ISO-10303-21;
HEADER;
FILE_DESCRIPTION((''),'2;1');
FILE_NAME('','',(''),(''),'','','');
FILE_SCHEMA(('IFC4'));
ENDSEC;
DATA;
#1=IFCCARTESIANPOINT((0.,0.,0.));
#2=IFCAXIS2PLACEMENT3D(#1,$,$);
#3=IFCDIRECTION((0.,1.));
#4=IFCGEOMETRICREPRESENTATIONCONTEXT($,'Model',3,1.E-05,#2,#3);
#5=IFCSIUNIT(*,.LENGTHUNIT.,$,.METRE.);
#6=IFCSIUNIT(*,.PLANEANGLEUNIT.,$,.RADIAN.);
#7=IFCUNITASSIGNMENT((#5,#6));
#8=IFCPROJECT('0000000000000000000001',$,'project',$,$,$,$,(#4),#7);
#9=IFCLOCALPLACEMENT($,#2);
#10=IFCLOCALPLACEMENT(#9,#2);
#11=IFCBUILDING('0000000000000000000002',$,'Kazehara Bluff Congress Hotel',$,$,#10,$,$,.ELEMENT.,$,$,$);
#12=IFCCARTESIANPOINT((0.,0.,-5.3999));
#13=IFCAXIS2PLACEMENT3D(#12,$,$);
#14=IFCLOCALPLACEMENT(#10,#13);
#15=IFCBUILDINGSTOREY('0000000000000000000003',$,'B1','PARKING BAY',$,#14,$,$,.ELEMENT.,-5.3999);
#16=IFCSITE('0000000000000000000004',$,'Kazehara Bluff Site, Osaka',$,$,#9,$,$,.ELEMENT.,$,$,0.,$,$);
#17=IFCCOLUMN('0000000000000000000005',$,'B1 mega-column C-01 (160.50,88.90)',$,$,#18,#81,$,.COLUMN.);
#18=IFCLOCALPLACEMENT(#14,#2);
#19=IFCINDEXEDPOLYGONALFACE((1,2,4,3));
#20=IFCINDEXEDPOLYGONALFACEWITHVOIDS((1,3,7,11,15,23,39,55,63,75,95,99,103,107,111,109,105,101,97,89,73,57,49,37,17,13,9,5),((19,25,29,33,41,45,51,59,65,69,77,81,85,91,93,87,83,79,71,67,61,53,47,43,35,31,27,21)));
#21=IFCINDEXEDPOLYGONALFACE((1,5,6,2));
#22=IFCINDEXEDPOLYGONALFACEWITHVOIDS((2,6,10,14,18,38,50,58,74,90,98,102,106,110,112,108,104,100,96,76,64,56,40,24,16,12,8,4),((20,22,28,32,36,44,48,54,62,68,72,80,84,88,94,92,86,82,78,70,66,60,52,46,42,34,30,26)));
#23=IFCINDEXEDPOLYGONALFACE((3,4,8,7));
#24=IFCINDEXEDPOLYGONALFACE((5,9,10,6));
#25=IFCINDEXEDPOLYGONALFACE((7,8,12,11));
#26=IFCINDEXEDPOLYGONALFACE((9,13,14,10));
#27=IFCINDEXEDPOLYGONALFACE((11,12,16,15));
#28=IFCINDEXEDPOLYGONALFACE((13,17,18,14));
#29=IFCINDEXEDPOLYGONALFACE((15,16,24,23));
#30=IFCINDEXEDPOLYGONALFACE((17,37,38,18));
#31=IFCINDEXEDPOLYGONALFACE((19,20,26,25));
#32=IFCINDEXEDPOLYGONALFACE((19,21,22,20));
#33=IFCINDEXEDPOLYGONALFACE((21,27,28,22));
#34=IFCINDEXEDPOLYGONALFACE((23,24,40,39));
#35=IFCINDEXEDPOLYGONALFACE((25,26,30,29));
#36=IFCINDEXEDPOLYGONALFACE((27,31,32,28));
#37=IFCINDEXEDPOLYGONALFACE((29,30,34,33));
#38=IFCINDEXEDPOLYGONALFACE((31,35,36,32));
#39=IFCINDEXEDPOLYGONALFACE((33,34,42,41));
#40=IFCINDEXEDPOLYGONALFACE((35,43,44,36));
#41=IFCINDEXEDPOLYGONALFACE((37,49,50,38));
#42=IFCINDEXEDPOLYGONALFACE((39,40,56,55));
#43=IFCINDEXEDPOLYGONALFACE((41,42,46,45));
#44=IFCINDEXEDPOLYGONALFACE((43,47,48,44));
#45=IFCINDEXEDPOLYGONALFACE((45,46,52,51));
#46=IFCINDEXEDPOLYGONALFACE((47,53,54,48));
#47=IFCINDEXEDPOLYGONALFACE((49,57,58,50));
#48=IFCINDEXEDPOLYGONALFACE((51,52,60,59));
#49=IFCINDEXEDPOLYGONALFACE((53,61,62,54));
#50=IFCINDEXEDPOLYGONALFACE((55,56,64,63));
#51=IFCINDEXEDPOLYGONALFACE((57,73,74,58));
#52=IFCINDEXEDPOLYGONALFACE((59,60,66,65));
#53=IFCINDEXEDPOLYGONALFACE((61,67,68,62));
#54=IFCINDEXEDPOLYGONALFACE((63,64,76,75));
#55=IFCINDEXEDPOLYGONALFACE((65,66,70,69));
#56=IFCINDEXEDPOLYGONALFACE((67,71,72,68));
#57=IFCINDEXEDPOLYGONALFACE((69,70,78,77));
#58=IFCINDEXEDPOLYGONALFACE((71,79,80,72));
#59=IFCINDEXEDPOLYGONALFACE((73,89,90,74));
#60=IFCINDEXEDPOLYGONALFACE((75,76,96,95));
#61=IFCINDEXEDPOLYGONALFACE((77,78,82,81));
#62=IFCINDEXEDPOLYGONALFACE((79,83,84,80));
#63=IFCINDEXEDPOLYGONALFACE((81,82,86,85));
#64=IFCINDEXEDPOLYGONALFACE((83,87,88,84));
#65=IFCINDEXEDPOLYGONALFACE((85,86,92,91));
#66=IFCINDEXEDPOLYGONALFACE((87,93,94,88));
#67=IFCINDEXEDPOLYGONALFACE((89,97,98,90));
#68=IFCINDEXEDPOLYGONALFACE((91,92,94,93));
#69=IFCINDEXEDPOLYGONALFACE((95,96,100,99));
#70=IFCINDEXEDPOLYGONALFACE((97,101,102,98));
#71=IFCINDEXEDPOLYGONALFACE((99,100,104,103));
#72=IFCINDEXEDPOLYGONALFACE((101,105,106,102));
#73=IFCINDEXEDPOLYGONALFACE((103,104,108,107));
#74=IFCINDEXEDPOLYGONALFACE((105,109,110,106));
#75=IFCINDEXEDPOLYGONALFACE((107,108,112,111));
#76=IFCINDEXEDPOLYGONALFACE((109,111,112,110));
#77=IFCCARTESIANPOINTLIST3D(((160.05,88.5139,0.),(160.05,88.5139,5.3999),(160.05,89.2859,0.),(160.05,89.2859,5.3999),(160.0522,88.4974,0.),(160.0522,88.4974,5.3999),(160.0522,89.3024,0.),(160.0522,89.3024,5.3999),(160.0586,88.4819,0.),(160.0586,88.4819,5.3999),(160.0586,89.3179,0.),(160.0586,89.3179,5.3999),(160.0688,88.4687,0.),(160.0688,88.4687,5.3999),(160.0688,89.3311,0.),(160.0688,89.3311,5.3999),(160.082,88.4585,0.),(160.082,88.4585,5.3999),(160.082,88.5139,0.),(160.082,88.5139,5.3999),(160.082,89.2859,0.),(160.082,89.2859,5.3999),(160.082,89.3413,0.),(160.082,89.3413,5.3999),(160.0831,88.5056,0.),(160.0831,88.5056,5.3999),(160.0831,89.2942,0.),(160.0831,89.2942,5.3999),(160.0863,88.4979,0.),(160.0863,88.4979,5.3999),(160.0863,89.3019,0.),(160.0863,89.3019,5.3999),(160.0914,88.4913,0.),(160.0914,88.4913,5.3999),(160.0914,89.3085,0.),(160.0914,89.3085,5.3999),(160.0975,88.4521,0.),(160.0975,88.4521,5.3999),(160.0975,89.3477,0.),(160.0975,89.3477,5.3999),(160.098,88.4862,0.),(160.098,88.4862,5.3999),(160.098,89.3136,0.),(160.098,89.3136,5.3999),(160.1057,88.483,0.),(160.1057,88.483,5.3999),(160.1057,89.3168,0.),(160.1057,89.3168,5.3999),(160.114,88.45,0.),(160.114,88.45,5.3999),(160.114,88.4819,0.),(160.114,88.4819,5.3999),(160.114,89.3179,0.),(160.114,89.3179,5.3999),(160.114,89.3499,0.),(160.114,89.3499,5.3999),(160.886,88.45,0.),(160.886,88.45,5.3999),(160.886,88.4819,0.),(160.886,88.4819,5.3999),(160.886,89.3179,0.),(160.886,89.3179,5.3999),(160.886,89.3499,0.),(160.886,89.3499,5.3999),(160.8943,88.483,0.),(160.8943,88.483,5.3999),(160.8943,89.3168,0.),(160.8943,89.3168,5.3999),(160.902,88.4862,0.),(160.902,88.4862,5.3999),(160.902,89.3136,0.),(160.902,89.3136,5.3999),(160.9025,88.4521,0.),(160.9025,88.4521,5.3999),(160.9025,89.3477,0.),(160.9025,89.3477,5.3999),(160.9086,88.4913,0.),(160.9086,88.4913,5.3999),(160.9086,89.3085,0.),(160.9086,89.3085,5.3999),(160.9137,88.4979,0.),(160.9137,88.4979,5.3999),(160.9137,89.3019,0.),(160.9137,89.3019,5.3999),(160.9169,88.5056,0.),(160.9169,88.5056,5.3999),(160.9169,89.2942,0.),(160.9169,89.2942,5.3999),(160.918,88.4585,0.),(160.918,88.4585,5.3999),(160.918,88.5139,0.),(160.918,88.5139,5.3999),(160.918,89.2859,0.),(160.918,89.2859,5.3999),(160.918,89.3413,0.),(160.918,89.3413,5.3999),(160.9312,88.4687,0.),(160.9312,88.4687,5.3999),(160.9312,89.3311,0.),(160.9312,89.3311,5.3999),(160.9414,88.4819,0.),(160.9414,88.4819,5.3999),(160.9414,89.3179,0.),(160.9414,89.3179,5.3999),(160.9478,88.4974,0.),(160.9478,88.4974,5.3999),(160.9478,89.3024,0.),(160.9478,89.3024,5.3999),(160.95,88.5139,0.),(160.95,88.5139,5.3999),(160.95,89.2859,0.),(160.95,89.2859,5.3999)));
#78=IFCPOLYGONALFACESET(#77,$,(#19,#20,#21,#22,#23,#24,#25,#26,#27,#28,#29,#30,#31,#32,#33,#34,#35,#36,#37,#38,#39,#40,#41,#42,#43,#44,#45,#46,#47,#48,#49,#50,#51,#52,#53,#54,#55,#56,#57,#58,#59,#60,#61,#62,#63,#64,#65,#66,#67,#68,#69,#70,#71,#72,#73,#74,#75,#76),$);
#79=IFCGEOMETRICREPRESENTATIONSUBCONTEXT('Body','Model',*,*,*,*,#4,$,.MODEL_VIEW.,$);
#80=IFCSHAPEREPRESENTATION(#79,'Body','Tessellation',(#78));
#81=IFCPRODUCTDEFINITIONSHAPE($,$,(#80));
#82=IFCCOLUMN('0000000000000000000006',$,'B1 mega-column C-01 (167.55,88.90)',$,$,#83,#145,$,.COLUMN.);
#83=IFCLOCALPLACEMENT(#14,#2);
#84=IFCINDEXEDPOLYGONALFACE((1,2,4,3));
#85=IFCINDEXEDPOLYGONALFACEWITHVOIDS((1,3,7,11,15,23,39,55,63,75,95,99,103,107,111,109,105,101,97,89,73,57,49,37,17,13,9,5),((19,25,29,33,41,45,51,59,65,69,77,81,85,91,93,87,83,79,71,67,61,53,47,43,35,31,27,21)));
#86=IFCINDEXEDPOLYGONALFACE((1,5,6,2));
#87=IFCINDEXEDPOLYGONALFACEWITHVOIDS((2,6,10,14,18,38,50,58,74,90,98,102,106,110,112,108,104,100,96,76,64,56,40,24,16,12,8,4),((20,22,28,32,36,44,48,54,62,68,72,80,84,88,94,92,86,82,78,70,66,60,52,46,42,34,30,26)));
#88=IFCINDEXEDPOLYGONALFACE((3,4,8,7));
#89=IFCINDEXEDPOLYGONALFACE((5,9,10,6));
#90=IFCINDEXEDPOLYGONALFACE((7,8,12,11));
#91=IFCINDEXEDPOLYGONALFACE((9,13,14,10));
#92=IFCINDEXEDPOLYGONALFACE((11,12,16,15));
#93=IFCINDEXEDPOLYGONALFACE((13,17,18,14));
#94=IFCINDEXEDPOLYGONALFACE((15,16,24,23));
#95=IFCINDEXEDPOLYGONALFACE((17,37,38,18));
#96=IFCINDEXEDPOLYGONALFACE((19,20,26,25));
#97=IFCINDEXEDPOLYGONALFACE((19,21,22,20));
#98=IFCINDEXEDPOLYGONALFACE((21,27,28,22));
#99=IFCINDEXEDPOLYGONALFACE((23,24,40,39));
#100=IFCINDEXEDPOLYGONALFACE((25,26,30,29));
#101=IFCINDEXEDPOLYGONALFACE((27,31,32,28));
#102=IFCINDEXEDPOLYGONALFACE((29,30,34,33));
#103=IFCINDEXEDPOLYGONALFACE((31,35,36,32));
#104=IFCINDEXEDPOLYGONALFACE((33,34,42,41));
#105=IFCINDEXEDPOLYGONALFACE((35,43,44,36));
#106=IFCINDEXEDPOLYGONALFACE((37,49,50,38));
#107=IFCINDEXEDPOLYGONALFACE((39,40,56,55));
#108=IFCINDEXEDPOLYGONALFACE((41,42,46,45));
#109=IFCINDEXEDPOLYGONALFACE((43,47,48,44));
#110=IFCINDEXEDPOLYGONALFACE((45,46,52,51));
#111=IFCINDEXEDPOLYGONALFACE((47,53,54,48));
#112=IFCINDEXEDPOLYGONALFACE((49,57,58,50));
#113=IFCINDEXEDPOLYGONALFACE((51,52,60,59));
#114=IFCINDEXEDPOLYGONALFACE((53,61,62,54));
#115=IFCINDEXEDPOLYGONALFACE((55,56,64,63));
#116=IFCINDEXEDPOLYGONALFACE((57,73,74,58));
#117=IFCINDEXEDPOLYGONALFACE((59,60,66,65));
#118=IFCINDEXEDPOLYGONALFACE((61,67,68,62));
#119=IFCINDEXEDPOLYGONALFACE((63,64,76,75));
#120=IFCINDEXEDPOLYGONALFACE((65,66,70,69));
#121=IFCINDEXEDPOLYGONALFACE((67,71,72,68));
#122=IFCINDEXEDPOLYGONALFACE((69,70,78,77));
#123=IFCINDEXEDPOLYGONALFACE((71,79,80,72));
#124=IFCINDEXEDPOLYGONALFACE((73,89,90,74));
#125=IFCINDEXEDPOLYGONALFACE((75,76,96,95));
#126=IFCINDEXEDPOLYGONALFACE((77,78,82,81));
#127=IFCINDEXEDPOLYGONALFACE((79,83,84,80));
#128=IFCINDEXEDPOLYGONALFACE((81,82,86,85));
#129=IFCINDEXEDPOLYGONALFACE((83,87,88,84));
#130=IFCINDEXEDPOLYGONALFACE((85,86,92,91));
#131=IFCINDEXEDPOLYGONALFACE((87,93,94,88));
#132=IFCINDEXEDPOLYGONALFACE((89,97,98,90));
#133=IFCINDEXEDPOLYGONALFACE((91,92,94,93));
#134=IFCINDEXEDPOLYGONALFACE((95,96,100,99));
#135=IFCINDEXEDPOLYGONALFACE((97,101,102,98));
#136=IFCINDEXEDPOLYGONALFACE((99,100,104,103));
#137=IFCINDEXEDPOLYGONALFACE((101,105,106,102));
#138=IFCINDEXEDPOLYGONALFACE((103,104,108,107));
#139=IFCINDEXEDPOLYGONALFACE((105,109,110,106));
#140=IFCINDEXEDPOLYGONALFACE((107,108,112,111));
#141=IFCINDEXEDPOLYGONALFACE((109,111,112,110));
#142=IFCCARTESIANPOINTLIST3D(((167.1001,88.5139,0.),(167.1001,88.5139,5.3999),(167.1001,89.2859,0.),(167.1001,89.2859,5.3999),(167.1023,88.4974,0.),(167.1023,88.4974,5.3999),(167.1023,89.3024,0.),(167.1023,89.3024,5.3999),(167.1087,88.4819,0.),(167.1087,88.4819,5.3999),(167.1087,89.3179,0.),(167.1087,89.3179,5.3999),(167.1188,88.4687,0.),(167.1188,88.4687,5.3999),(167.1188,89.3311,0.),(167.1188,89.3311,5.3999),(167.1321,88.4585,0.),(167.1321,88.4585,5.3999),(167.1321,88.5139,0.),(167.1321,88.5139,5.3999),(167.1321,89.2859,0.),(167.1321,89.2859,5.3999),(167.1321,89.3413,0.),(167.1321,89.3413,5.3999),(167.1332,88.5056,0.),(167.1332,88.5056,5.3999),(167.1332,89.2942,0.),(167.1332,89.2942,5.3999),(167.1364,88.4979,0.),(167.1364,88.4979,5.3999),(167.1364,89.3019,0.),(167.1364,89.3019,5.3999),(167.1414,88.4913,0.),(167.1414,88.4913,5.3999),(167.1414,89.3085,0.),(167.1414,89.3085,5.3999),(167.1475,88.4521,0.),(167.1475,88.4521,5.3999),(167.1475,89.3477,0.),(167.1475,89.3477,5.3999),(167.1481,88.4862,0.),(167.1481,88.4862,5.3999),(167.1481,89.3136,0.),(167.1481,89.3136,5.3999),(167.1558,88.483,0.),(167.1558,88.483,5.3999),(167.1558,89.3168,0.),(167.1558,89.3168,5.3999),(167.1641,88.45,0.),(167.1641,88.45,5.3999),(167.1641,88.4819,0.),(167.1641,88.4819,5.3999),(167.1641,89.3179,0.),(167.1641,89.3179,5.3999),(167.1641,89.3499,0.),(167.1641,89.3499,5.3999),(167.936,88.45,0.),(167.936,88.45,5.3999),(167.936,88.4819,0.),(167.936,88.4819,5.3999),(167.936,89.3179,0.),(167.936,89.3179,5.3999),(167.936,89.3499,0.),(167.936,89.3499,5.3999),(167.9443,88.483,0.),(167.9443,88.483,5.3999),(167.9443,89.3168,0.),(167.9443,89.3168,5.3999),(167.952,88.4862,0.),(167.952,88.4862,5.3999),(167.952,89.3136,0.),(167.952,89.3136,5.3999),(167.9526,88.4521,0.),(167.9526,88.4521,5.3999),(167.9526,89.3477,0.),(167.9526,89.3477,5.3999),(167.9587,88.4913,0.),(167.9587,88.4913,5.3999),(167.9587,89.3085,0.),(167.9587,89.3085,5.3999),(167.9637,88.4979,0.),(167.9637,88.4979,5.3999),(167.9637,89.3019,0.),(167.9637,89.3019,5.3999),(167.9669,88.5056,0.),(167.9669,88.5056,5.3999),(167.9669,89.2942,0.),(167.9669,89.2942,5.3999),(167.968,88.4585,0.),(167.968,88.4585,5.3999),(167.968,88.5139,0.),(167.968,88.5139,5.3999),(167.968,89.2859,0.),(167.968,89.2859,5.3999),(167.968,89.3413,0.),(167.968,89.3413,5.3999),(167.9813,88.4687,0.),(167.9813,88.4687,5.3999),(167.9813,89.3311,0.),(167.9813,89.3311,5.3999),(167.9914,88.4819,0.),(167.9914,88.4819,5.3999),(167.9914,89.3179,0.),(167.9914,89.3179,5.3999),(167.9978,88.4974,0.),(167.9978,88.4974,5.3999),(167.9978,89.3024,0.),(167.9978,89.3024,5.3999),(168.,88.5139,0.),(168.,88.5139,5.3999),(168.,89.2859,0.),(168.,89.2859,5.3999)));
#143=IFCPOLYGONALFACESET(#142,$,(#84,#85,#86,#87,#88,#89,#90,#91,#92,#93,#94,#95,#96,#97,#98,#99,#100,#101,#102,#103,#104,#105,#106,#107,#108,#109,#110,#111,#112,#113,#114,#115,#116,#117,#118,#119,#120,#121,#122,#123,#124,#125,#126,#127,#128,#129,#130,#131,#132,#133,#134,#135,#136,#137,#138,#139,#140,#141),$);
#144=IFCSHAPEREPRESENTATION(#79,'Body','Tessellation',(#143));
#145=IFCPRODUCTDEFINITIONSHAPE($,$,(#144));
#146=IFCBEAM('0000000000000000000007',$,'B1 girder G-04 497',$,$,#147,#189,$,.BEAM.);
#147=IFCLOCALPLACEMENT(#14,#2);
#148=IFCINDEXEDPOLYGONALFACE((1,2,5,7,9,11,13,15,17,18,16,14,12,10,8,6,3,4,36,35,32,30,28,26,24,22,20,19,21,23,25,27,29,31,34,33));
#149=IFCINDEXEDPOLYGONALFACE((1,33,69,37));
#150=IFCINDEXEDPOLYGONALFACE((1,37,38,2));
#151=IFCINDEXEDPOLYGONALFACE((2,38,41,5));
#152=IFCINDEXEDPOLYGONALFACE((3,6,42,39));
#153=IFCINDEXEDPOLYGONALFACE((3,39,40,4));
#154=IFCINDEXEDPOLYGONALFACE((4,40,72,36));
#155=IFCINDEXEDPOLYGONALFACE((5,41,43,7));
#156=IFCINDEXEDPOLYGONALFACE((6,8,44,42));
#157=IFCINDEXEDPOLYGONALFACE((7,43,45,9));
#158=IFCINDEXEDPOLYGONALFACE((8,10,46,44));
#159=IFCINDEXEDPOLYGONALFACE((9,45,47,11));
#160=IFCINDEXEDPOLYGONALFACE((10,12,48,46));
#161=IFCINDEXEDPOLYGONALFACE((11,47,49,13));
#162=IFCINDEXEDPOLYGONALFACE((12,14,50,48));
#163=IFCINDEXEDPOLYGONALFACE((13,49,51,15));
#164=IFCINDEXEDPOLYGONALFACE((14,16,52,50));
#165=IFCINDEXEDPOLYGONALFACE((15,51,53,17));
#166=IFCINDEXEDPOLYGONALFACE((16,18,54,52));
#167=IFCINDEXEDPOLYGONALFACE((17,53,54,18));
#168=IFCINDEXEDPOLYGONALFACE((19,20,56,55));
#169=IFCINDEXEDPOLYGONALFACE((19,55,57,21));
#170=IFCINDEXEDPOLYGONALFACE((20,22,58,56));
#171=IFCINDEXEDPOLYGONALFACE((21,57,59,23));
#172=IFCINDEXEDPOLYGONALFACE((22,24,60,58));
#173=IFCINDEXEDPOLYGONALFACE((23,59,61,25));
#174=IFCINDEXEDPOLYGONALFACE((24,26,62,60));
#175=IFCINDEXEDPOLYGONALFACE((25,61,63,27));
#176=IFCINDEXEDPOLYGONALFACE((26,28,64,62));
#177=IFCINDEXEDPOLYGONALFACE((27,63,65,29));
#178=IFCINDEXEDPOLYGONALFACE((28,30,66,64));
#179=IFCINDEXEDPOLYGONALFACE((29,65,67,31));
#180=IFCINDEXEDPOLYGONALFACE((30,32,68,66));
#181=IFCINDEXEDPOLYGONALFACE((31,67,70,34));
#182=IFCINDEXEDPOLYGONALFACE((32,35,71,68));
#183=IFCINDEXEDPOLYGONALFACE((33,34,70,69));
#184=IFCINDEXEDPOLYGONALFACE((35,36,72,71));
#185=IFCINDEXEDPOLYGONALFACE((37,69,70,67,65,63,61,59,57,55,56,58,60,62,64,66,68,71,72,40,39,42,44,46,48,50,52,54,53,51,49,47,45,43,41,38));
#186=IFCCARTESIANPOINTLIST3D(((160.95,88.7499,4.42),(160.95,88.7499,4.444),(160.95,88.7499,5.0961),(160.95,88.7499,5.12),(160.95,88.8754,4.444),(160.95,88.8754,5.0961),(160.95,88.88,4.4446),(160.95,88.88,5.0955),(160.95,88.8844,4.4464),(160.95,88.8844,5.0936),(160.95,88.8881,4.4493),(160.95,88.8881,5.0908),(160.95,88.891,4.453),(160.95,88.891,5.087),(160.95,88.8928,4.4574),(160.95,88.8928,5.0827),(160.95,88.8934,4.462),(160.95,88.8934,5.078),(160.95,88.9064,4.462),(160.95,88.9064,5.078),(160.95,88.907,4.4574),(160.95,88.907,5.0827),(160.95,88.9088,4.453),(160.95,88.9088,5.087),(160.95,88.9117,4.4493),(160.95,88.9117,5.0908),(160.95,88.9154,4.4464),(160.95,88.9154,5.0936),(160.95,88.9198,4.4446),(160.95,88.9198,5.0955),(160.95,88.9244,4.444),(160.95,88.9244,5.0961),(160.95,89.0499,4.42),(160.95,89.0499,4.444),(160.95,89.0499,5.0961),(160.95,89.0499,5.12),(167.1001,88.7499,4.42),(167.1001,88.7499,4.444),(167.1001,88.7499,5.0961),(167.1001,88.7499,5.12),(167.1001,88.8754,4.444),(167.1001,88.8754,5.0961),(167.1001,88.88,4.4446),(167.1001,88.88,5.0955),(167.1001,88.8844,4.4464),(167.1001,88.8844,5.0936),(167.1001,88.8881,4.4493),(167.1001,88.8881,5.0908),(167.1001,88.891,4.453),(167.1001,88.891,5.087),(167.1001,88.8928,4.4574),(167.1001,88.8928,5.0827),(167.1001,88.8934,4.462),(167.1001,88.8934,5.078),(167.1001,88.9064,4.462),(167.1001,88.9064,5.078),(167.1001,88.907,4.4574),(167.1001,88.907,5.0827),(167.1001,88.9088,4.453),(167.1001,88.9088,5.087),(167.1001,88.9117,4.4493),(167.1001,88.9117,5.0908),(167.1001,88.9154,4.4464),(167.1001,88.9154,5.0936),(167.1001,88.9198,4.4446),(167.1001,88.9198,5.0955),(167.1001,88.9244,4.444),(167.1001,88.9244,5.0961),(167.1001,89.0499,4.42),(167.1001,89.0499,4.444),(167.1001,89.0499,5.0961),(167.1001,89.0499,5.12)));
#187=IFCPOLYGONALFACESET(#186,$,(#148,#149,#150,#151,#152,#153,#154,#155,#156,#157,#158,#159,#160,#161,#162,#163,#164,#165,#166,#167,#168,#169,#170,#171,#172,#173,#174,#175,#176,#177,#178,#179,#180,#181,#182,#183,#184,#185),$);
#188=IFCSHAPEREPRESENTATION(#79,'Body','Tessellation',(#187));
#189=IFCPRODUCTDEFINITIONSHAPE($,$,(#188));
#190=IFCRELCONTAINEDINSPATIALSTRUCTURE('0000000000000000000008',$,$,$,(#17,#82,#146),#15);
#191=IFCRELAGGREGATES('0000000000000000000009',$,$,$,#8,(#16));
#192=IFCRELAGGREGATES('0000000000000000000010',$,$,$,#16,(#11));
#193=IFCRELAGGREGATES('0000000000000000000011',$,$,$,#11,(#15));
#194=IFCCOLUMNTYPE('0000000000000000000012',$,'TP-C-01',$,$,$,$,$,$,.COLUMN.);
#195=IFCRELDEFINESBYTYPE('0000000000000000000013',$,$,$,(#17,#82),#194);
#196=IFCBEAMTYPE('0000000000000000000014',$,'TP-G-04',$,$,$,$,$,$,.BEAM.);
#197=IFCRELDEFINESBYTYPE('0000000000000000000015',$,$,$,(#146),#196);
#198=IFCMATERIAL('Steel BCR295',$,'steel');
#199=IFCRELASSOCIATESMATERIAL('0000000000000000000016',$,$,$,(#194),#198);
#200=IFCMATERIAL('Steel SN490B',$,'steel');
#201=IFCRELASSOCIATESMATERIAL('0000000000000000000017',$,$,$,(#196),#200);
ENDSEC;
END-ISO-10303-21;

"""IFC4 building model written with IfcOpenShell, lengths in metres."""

from ifc_helpers import new_model, si_unit, direction, frame, origin, origin_2d, place, context, subcontext, project, spatial, hollow_rectangle, i_section, extrude, material, material_profile, profile_set, type_object, element, save


model = new_model("IFC4")

# Units and contexts
model_context = context("Model", 3, precision=1e-05, world=origin(), true_north=direction((0.0, 1.0)))
body_context = subcontext(model_context, "Body", "Model", "MODEL_VIEW")
ifc_project = project(units=[si_unit("LENGTHUNIT", "METRE"), si_unit("PLANEANGLEUNIT", "RADIAN")], contexts=[model_context])

# Site, building, storey
site_placement = place(None, origin())
site = spatial("IfcSite", under=ifc_project, at=site_placement, Name="Kazehara Bluff Site, Osaka", CompositionType="ELEMENT", RefElevation=0.0)
building_placement = place(site_placement, origin())
building = spatial("IfcBuilding", under=site, at=building_placement, Name="Kazehara Bluff Congress Hotel", CompositionType="ELEMENT")
storey_placement = place(building_placement, frame((0.0, 0.0, -5.3999)))
storey = spatial("IfcBuildingStorey", under=building, at=storey_placement, Name="B1", Description="PARKING BAY", CompositionType="ELEMENT", Elevation=-5.3999)

# Columns
ifc_material_1 = material(Name="Steel BCR295", Category="steel")
ifc_material_profile_1 = material_profile(ifc_material_1, hollow_rectangle(XDim=0.8999, YDim=0.8999, WallThickness=0.032, InnerFilletRadius=0.032, OuterFilletRadius=0.064, at=origin_2d()))
ifc_profile_set_1 = profile_set([ifc_material_profile_1], Name="Steel BCR295")
column_type = type_object("IfcColumnType", Name="TP-C-01", PredefinedType="COLUMN", material=ifc_profile_set_1)
for number, where, z_axis, x_axis, name in (
    (1, (160.5, 88.8999, 0.0), (0.0, 0.0, 1.0), (1.0, 0.0, 0.0), "B1 mega-column C-01 (160.50,88.90)"),
    (2, (167.55, 88.8999, 0.0), (0.0, 0.0, 1.0), (1.0, 0.0, 0.0), "B1 mega-column C-01 (167.55,88.90)"),
):
    element("IfcColumn", number, at=place(storey_placement, frame(where, z_axis=z_axis, x_axis=x_axis)), inside=storey, type_object=column_type, Name=name, PredefinedType="COLUMN", context=body_context, shape_type="SweptSolid", body=[
        extrude(hollow_rectangle(XDim=0.8999, YDim=0.8999, WallThickness=0.032, InnerFilletRadius=0.032, OuterFilletRadius=0.064, at=origin_2d()), origin(), (0.0, 0.0, 1.0), 5.3999),
    ])

# Beam
ifc_material_2 = material(Name="Steel SN490B", Category="steel")
ifc_material_profile_2 = material_profile(ifc_material_2, i_section(OverallWidth=0.3, OverallDepth=0.7, WebThickness=0.0129, FlangeThickness=0.0239, FilletRadius=0.0181, at=origin_2d()))
ifc_profile_set_2 = profile_set([ifc_material_profile_2], Name="Steel SN490B")
beam_type_1 = type_object("IfcBeamType", Name="TP-G-04", PredefinedType="BEAM", material=ifc_profile_set_2)
beam_1_placement = place(storey_placement, frame((160.95, 88.8999, 4.77), z_axis=(1.0, 0.0, 0.0), x_axis=(0.0, 1.0, 0.0)))
element("IfcBeam", 3, at=beam_1_placement, inside=storey, type_object=beam_type_1, Name="B1 girder G-04 497", PredefinedType="BEAM", context=body_context, shape_type="SweptSolid", body=[
    extrude(i_section(OverallWidth=0.3, OverallDepth=0.7, WebThickness=0.0129, FlangeThickness=0.0239, FilletRadius=0.0181, at=origin_2d()), origin(), (0.0, 0.0, 1.0), 6.1501),
])

save(model, "model.ifc")
